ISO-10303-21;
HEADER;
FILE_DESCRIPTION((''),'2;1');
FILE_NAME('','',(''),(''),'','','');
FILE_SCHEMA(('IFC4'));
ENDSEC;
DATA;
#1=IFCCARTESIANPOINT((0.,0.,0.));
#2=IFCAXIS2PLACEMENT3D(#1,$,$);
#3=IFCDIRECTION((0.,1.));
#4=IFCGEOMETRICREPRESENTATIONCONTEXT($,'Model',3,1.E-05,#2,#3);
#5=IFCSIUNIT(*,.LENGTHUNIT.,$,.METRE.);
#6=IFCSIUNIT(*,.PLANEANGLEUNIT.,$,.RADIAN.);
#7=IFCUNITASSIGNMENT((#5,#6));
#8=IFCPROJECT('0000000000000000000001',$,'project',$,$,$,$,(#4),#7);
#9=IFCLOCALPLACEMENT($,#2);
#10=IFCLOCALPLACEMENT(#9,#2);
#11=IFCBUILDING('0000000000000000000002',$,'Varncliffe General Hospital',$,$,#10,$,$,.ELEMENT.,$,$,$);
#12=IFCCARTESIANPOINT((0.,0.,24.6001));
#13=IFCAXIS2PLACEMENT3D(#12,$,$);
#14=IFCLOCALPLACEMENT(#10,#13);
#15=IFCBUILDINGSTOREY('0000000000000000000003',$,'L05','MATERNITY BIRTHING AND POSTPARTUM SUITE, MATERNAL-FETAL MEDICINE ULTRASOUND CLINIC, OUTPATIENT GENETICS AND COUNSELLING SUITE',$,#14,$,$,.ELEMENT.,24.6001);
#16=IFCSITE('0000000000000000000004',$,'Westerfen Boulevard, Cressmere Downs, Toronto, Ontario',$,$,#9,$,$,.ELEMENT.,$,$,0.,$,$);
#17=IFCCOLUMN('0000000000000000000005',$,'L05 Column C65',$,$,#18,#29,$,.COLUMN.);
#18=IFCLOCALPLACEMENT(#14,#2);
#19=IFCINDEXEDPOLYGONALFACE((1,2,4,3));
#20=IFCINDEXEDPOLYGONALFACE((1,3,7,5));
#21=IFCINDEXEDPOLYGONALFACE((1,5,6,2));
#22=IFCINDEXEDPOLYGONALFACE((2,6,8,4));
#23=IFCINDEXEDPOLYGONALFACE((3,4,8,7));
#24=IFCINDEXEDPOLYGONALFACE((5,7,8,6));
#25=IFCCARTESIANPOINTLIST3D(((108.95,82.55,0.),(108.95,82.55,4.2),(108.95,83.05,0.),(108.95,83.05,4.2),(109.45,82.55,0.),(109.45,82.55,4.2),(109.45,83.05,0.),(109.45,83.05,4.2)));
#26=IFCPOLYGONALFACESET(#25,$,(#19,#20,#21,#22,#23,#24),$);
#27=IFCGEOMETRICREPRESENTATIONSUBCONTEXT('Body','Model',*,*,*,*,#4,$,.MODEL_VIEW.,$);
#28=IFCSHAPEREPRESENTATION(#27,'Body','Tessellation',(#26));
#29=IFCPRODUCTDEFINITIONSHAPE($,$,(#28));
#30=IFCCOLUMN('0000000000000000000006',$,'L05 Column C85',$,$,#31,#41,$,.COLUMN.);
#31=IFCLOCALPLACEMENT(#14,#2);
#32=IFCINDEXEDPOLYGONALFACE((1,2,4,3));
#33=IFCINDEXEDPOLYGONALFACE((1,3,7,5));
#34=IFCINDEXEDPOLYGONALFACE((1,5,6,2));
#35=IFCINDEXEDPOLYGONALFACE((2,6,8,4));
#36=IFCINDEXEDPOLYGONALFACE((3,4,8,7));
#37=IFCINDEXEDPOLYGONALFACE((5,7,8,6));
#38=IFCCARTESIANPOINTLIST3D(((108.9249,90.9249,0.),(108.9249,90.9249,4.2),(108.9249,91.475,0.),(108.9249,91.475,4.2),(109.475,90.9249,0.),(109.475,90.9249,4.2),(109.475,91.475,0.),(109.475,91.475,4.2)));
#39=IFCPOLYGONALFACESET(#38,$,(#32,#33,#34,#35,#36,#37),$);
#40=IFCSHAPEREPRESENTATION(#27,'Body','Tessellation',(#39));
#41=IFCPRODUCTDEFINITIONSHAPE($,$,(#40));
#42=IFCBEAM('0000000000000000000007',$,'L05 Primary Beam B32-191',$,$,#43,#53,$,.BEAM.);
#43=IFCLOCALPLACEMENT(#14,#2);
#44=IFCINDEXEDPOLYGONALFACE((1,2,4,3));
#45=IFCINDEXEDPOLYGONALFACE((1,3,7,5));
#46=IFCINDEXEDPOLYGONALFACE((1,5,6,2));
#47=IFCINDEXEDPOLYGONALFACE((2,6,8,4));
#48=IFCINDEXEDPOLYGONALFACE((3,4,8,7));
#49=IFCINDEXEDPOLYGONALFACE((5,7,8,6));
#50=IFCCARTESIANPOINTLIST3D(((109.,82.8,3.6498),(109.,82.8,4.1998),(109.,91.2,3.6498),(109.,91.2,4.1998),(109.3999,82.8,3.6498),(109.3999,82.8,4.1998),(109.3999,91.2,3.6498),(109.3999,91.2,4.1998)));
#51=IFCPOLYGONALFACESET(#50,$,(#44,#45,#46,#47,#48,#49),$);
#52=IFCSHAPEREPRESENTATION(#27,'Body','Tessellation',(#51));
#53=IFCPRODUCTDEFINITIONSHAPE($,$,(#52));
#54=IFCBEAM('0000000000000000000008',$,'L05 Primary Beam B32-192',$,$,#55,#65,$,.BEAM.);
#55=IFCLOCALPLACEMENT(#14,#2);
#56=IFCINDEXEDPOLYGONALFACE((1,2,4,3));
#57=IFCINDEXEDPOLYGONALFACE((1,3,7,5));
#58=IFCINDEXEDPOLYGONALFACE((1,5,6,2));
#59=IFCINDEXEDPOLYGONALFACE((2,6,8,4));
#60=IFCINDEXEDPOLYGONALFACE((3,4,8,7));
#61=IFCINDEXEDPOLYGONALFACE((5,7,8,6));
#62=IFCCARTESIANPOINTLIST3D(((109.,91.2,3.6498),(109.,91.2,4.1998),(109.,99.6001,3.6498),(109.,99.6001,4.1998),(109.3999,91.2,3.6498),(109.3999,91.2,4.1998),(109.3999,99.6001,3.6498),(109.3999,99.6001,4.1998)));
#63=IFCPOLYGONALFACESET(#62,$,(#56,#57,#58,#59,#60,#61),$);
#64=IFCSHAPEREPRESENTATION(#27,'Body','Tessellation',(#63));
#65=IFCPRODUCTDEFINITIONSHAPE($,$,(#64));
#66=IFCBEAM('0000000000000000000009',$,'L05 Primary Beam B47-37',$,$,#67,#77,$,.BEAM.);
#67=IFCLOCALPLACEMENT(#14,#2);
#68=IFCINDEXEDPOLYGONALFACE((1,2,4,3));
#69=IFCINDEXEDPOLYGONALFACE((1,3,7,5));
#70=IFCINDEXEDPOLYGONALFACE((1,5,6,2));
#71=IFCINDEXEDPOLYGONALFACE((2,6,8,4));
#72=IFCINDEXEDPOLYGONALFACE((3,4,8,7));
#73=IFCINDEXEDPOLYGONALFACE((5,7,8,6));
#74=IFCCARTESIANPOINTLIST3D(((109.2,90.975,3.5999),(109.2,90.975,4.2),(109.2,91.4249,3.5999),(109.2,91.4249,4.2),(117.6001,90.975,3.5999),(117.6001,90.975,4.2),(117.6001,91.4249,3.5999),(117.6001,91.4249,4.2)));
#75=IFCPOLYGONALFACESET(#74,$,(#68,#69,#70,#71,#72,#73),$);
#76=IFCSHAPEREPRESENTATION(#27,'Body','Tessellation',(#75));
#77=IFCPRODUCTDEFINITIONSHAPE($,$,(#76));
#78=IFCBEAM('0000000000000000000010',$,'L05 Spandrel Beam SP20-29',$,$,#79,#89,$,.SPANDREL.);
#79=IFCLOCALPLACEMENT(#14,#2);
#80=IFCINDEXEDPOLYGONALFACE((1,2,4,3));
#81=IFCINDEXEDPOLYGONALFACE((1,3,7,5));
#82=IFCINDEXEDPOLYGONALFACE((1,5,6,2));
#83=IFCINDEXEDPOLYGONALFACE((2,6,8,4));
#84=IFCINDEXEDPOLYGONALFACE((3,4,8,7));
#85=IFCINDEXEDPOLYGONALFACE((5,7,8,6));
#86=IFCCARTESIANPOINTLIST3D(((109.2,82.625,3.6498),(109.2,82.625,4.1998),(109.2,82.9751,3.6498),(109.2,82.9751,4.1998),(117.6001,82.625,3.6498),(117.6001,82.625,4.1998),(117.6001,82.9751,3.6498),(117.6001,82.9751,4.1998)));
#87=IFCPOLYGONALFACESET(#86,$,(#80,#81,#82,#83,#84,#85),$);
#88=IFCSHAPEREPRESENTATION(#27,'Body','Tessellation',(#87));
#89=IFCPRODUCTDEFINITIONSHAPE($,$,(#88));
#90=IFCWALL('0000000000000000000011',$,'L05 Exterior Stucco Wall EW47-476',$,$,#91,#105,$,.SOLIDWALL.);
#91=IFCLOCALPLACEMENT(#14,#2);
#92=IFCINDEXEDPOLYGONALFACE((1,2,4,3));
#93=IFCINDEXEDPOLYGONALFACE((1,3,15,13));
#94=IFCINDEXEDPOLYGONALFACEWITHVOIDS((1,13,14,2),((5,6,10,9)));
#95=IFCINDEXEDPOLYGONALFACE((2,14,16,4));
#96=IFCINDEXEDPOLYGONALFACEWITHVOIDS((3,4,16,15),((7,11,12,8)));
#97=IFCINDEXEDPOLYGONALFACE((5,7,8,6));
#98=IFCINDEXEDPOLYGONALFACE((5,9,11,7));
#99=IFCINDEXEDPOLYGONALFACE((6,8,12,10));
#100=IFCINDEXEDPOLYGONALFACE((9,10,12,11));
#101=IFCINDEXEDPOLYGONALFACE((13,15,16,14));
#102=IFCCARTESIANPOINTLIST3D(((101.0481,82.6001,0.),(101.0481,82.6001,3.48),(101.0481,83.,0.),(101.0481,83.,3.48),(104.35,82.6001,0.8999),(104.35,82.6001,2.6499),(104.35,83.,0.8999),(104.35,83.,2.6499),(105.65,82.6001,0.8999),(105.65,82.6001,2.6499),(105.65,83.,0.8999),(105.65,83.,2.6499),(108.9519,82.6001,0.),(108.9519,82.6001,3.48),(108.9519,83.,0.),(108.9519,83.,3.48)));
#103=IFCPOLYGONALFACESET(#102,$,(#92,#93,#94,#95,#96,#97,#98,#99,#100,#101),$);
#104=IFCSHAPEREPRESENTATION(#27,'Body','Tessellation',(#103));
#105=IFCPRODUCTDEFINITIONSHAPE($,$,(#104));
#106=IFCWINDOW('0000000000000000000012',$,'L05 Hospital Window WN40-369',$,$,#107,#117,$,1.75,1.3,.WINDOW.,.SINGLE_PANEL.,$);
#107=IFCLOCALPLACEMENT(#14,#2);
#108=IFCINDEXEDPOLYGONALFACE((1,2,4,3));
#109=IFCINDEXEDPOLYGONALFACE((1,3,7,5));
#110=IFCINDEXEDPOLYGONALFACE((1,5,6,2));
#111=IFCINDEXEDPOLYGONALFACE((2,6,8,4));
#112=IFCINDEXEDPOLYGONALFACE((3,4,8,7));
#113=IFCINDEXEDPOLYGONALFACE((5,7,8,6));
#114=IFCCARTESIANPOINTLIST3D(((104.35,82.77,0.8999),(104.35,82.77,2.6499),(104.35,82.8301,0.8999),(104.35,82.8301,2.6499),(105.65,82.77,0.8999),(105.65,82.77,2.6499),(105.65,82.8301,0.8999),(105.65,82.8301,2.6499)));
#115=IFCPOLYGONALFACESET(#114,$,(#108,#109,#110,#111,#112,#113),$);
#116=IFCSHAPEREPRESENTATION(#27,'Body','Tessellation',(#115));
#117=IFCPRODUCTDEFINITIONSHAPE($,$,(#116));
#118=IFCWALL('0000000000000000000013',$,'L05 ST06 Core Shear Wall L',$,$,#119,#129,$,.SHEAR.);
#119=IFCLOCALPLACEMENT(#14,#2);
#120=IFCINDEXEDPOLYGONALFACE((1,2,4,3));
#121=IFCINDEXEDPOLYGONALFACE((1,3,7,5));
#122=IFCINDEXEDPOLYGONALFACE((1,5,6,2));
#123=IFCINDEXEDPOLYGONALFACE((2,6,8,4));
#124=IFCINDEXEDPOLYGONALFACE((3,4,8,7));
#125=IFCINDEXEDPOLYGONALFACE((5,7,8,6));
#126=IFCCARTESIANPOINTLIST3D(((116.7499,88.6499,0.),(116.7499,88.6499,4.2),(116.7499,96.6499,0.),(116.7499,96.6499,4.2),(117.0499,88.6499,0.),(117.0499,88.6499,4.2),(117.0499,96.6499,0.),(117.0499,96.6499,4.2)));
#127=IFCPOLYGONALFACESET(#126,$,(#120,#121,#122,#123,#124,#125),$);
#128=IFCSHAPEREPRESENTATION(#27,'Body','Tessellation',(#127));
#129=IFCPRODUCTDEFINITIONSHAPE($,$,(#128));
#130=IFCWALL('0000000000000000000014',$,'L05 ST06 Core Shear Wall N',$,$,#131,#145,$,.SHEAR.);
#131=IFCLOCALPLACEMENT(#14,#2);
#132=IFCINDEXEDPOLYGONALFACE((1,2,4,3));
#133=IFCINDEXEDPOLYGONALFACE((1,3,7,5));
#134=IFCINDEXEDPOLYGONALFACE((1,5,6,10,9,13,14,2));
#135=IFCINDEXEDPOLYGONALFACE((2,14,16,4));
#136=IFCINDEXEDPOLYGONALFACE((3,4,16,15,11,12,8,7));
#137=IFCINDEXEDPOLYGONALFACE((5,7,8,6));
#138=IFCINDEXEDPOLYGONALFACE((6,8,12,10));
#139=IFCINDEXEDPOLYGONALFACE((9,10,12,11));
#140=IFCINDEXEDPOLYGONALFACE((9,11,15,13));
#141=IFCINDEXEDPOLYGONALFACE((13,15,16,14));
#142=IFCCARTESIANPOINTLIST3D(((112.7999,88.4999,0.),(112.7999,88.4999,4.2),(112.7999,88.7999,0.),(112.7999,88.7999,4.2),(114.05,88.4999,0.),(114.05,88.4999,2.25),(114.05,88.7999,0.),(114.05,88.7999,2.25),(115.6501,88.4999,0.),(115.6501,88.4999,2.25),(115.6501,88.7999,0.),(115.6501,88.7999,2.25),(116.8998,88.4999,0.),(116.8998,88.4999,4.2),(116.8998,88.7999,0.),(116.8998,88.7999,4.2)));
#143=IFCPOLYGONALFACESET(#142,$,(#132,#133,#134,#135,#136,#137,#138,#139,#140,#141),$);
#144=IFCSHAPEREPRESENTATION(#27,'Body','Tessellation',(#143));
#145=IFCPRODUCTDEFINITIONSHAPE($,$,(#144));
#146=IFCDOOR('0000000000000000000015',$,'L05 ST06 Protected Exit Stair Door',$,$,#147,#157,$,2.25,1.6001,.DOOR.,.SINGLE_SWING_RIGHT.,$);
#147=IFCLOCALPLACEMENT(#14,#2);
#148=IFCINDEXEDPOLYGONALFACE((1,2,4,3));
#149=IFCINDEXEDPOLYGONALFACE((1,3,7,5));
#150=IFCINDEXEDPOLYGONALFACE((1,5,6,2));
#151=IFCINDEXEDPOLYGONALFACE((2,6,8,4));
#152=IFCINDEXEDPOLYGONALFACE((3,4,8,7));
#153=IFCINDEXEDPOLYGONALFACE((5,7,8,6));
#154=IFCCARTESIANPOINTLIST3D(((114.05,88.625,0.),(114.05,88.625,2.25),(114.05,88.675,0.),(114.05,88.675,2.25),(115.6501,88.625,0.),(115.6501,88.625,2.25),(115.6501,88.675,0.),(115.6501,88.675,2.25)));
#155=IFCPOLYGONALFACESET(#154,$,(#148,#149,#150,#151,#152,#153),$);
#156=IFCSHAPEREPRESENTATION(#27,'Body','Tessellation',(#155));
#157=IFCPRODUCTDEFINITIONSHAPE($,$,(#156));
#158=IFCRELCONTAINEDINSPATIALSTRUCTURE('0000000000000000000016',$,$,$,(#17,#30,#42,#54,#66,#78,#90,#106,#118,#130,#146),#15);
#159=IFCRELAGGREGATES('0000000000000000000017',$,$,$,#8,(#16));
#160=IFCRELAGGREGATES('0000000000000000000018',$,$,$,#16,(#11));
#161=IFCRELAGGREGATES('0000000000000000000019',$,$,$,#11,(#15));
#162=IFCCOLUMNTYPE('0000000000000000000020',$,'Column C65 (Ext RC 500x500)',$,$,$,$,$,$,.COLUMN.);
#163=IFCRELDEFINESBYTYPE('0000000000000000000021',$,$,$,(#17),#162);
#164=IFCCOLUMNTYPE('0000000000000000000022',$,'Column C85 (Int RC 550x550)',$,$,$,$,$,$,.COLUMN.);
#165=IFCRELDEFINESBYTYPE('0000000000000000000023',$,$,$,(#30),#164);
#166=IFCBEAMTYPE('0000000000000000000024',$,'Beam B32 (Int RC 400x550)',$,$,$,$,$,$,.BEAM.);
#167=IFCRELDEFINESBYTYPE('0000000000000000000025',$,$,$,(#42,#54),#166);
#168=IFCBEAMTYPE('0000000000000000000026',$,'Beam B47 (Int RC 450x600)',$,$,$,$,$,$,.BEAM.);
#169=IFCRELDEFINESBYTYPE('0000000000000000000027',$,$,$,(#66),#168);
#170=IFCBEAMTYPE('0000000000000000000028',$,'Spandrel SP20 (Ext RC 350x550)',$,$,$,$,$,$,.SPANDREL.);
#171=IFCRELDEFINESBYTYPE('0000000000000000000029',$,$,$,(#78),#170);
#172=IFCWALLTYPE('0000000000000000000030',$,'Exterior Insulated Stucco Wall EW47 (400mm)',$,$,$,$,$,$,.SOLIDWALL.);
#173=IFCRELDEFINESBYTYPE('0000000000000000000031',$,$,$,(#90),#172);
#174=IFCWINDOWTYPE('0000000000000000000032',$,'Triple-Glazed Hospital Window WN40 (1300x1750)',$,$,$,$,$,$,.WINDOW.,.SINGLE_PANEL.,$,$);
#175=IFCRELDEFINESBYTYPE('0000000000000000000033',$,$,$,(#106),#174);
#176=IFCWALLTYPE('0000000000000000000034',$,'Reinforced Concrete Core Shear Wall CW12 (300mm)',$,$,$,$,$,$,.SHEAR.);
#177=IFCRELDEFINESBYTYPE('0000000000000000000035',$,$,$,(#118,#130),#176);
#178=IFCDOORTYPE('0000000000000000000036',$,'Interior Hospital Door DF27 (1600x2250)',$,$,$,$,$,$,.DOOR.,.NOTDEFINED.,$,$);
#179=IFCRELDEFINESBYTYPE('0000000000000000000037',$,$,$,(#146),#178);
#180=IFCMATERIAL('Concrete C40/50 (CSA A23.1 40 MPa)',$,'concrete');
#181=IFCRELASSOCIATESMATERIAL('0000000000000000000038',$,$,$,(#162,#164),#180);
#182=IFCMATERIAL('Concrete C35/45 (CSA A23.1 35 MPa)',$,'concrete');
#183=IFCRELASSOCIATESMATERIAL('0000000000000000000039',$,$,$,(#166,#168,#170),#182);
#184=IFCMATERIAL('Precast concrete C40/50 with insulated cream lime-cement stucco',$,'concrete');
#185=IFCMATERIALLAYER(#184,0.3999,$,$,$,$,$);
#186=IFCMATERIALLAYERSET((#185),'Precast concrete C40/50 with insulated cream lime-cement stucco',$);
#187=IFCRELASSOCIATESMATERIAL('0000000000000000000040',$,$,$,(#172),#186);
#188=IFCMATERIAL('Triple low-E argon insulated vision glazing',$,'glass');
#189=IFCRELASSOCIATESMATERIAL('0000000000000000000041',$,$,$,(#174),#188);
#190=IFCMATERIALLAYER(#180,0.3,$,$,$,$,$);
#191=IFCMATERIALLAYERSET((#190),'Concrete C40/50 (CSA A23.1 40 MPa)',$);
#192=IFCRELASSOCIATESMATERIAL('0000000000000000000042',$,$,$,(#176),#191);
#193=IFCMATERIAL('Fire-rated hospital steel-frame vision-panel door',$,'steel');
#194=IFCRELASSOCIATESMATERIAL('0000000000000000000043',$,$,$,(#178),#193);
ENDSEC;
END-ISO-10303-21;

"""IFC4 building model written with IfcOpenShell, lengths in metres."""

from ifc_helpers import new_model, si_unit, direction, frame, frame_2d, origin, origin_2d, place, context, subcontext, project, spatial, rectangle, extrude, material, layer, layer_set, material_profile, profile_set, type_object, element, fill, save


model = new_model("IFC4")

# Units and contexts
model_context = context("Model", 3, precision=1e-05, world=origin(), true_north=direction((0.0, 1.0)))
body_context = subcontext(model_context, "Body", "Model", "MODEL_VIEW")
ifc_project = project(units=[si_unit("LENGTHUNIT", "METRE"), si_unit("PLANEANGLEUNIT", "RADIAN")], contexts=[model_context])

# Site, building, storey
site_placement = place(None, origin())
site = spatial("IfcSite", under=ifc_project, at=site_placement, Name="Westerfen Boulevard, Cressmere Downs, Toronto, Ontario", CompositionType="ELEMENT", RefElevation=0.0)
building_placement = place(site_placement, origin())
building = spatial("IfcBuilding", under=site, at=building_placement, Name="Varncliffe General Hospital", CompositionType="ELEMENT")
storey_placement = place(building_placement, frame((0.0, 0.0, 24.6001)))
storey = spatial("IfcBuildingStorey", under=building, at=storey_placement, Name="L05", Description="MATERNITY BIRTHING AND POSTPARTUM SUITE, MATERNAL-FETAL MEDICINE ULTRASOUND CLINIC, OUTPATIENT GENETICS AND COUNSELLING SUITE", CompositionType="ELEMENT", Elevation=24.6001)

# Columns
ifc_material_1 = material(Name="Concrete C40/50 (CSA A23.1 40 MPa)", Category="concrete")
ifc_material_profile_1 = material_profile(ifc_material_1, rectangle(XDim=0.5, YDim=0.5, at=origin_2d()), Name="RC 500x500")
ifc_profile_set_1 = profile_set([ifc_material_profile_1], Name="Concrete C40/50 (CSA A23.1 40 MPa)")
column_type_1 = type_object("IfcColumnType", Name="Column C65 (Ext RC 500x500)", PredefinedType="COLUMN", material=ifc_profile_set_1)
column_1_placement = place(storey_placement, frame((109.2, 82.8, 0.0), z_axis=(0.0, 0.0, 1.0), x_axis=(1.0, 0.0, 0.0)))
element("IfcColumn", 1, at=column_1_placement, inside=storey, type_object=column_type_1, Name="L05 Column C65", PredefinedType="COLUMN", context=body_context, shape_type="SweptSolid", body=[
    extrude(rectangle(XDim=0.5, YDim=0.5, at=origin_2d()), origin(), (0.0, 0.0, 1.0), 4.2),
])
ifc_material_profile_2 = material_profile(ifc_material_1, rectangle(XDim=0.55, YDim=0.55, at=origin_2d()), Name="RC 550x550")
ifc_profile_set_2 = profile_set([ifc_material_profile_2], Name="Concrete C40/50 (CSA A23.1 40 MPa)")
column_type_2 = type_object("IfcColumnType", Name="Column C85 (Int RC 550x550)", PredefinedType="COLUMN", material=ifc_profile_set_2)
column_2_placement = place(storey_placement, frame((109.2, 91.2, 0.0), z_axis=(0.0, 0.0, 1.0), x_axis=(1.0, 0.0, 0.0)))
element("IfcColumn", 2, at=column_2_placement, inside=storey, type_object=column_type_2, Name="L05 Column C85", PredefinedType="COLUMN", context=body_context, shape_type="SweptSolid", body=[
    extrude(rectangle(XDim=0.55, YDim=0.55, at=origin_2d()), origin(), (0.0, 0.0, 1.0), 4.2),
])

# Beams
ifc_material_2 = material(Name="Concrete C35/45 (CSA A23.1 35 MPa)", Category="concrete")
ifc_material_profile_3 = material_profile(ifc_material_2, rectangle(XDim=0.3999, YDim=0.55, at=origin_2d()), Name="RC 400x550")
ifc_profile_set_3 = profile_set([ifc_material_profile_3], Name="Concrete C35/45 (CSA A23.1 35 MPa)")
beam_type_1 = type_object("IfcBeamType", Name="Beam B32 (Int RC 400x550)", PredefinedType="BEAM", material=ifc_profile_set_3)
beam_1_placement = place(storey_placement, frame((109.2, 82.8, 3.9248), z_axis=(0.0, 1.0, 0.0), x_axis=(-1.0, 0.0, 0.0)))
element("IfcBeam", 3, at=beam_1_placement, inside=storey, type_object=beam_type_1, Name="L05 Primary Beam B32-191", PredefinedType="BEAM", context=body_context, shape_type="SweptSolid", body=[
    extrude(rectangle(XDim=0.3999, YDim=0.55, at=origin_2d()), origin(), (0.0, 0.0, 1.0), 8.3999),
])
beam_2_placement = place(storey_placement, frame((109.2, 91.2, 3.9248), z_axis=(0.0, 1.0, 0.0), x_axis=(-1.0, 0.0, 0.0)))
element("IfcBeam", 4, at=beam_2_placement, inside=storey, type_object=beam_type_1, Name="L05 Primary Beam B32-192", PredefinedType="BEAM", context=body_context, shape_type="SweptSolid", body=[
    extrude(rectangle(XDim=0.3999, YDim=0.55, at=origin_2d()), origin(), (0.0, 0.0, 1.0), 8.4001),
])
ifc_material_profile_4 = material_profile(ifc_material_2, rectangle(XDim=0.45, YDim=0.6001, at=origin_2d()), Name="RC 450x600")
ifc_profile_set_4 = profile_set([ifc_material_profile_4], Name="Concrete C35/45 (CSA A23.1 35 MPa)")
beam_type_2 = type_object("IfcBeamType", Name="Beam B47 (Int RC 450x600)", PredefinedType="BEAM", material=ifc_profile_set_4)
beam_3_placement = place(storey_placement, frame((109.2, 91.2, 3.8999), z_axis=(1.0, 0.0, 0.0), x_axis=(0.0, 1.0, 0.0)))
element("IfcBeam", 5, at=beam_3_placement, inside=storey, type_object=beam_type_2, Name="L05 Primary Beam B47-37", PredefinedType="BEAM", context=body_context, shape_type="SweptSolid", body=[
    extrude(rectangle(XDim=0.45, YDim=0.6001, at=origin_2d()), origin(), (0.0, 0.0, 1.0), 8.4001),
])
ifc_material_profile_5 = material_profile(ifc_material_2, rectangle(XDim=0.3501, YDim=0.55, at=origin_2d()), Name="RC 350x550")
ifc_profile_set_5 = profile_set([ifc_material_profile_5], Name="Concrete C35/45 (CSA A23.1 35 MPa)")
beam_type_3 = type_object("IfcBeamType", Name="Spandrel SP20 (Ext RC 350x550)", PredefinedType="SPANDREL", material=ifc_profile_set_5)
beam_4_placement = place(storey_placement, frame((109.2, 82.8, 3.9248), z_axis=(1.0, 0.0, 0.0), x_axis=(0.0, 1.0, 0.0)))
element("IfcBeam", 6, at=beam_4_placement, inside=storey, type_object=beam_type_3, Name="L05 Spandrel Beam SP20-29", PredefinedType="SPANDREL", context=body_context, shape_type="SweptSolid", body=[
    extrude(rectangle(XDim=0.3501, YDim=0.55, at=origin_2d()), origin(), (0.0, 0.0, 1.0), 8.4001),
])

# Wall, opening, window
ifc_material_3 = material(Name="Precast concrete C40/50 with insulated cream lime-cement stucco", Category="concrete")
ifc_layer_1 = layer(ifc_material_3, 0.3999)
ifc_layer_set_1 = layer_set([ifc_layer_1], Name="Precast concrete C40/50 with insulated cream lime-cement stucco")
wall_type_1 = type_object("IfcWallType", Name="Exterior Insulated Stucco Wall EW47 (400mm)", PredefinedType="SOLIDWALL", material=ifc_layer_set_1)
wall_1_placement = place(storey_placement, frame((108.9519, 82.8, 0.0), z_axis=(0.0, 0.0, 1.0), x_axis=(-1.0, 0.0, 0.0)))
wall_1 = element("IfcWall", 7, at=wall_1_placement, inside=storey, type_object=wall_type_1, Name="L05 Exterior Stucco Wall EW47-476", PredefinedType="SOLIDWALL", context=body_context, shape_type="SweptSolid", body=[
    extrude(rectangle(XDim=7.9038, YDim=0.3999, at=frame_2d((3.9519, 0.0))), origin(), (0.0, 0.0, 1.0), 3.48),
])
opening_1_placement = place(wall_1_placement, frame((3.302, 0.0, 0.8999)))
opening_1 = element("IfcOpeningElement", 8, at=opening_1_placement, cuts=wall_1, PredefinedType="OPENING", context=body_context, shape_type="SweptSolid", body=[
    extrude(rectangle(XDim=1.3, YDim=1.75, at=frame_2d((0.6499, 0.875))), frame((0.0, 0.21, 0.0), z_axis=(0.0, -1.0, 0.0), x_axis=(1.0, 0.0, 0.0)), (0.0, 0.0, 1.0), 0.4199),
])
ifc_material_4 = material(Name="Triple low-E argon insulated vision glazing", Category="glass")
window_type = type_object("IfcWindowType", Name="Triple-Glazed Hospital Window WN40 (1300x1750)", PartitioningType="SINGLE_PANEL", PredefinedType="WINDOW", material=ifc_material_4)
window_placement = place(opening_1_placement, origin())
window = element("IfcWindow", 9, at=window_placement, inside=storey, type_object=window_type, Name="L05 Hospital Window WN40-369", OverallHeight=1.75, OverallWidth=1.3, PartitioningType="SINGLE_PANEL", PredefinedType="WINDOW", context=body_context, shape_type="SweptSolid", body=[
    extrude(rectangle(XDim=1.3, YDim=1.75, at=frame_2d((0.6499, 0.875))), frame((0.0, 0.03, 0.0), z_axis=(0.0, -1.0, 0.0), x_axis=(1.0, 0.0, 0.0)), (0.0, 0.0, 1.0), 0.0601),
])
fill(opening_1, window)

# Wall
ifc_layer_2 = layer(ifc_material_1, 0.3)
ifc_layer_set_2 = layer_set([ifc_layer_2], Name="Concrete C40/50 (CSA A23.1 40 MPa)")
wall_type_2 = type_object("IfcWallType", Name="Reinforced Concrete Core Shear Wall CW12 (300mm)", PredefinedType="SHEAR", material=ifc_layer_set_2)
wall_2_placement = place(storey_placement, frame((116.8999, 88.6499, 0.0), z_axis=(0.0, 0.0, 1.0), x_axis=(0.0, 1.0, 0.0)))
element("IfcWall", 10, at=wall_2_placement, inside=storey, type_object=wall_type_2, Name="L05 ST06 Core Shear Wall L", PredefinedType="SHEAR", context=body_context, shape_type="SweptSolid", body=[
    extrude(rectangle(XDim=8.0, YDim=0.3, at=frame_2d((4.0, 0.0))), origin(), (0.0, 0.0, 1.0), 4.2),
])

# Wall, opening, door
wall_3_placement = place(storey_placement, frame((112.8, 88.6499, 0.0), z_axis=(0.0, 0.0, 1.0), x_axis=(1.0, 0.0, 0.0)))
wall_3 = element("IfcWall", 11, at=wall_3_placement, inside=storey, type_object=wall_type_2, Name="L05 ST06 Core Shear Wall N", PredefinedType="SHEAR", context=body_context, shape_type="SweptSolid", body=[
    extrude(rectangle(XDim=4.0999, YDim=0.3, at=frame_2d((2.0498, 0.0))), origin(), (0.0, 0.0, 1.0), 4.2),
])
opening_2_placement = place(wall_3_placement, frame((1.25, 0.0, 0.0)))
opening_2 = element("IfcOpeningElement", 12, at=opening_2_placement, cuts=wall_3, PredefinedType="OPENING", context=body_context, shape_type="SweptSolid", body=[
    extrude(rectangle(XDim=1.6001, YDim=2.25, at=frame_2d((0.8, 1.125))), frame((0.0, 0.1602, 0.0), z_axis=(0.0, -1.0, 0.0), x_axis=(1.0, 0.0, 0.0)), (0.0, 0.0, 1.0), 0.3201),
])
ifc_material_5 = material(Name="Fire-rated hospital steel-frame vision-panel door", Category="steel")
door_type_1 = type_object("IfcDoorType", Name="Interior Hospital Door DF27 (1600x2250)", OperationType="NOTDEFINED", PredefinedType="DOOR", material=ifc_material_5)
door_1_placement = place(opening_2_placement, frame((1.6001, 0.0, 0.0), z_axis=(0.0, 0.0, 1.0), x_axis=(-1.0, 0.0, 0.0)))
door_1 = element("IfcDoor", 13, at=door_1_placement, inside=storey, type_object=door_type_1, Name="L05 ST06 Protected Exit Stair Door", OperationType="SINGLE_SWING_RIGHT", OverallHeight=2.25, OverallWidth=1.6001, PredefinedType="DOOR", context=body_context, shape_type="SweptSolid", body=[
    extrude(rectangle(XDim=1.6001, YDim=2.25, at=frame_2d((0.8, 1.125))), frame((0.0, 0.0249, 0.0), z_axis=(0.0, -1.0, 0.0), x_axis=(1.0, 0.0, 0.0)), (0.0, 0.0, 1.0), 0.05),
])
fill(opening_2, door_1)

save(model, "model.ifc")
